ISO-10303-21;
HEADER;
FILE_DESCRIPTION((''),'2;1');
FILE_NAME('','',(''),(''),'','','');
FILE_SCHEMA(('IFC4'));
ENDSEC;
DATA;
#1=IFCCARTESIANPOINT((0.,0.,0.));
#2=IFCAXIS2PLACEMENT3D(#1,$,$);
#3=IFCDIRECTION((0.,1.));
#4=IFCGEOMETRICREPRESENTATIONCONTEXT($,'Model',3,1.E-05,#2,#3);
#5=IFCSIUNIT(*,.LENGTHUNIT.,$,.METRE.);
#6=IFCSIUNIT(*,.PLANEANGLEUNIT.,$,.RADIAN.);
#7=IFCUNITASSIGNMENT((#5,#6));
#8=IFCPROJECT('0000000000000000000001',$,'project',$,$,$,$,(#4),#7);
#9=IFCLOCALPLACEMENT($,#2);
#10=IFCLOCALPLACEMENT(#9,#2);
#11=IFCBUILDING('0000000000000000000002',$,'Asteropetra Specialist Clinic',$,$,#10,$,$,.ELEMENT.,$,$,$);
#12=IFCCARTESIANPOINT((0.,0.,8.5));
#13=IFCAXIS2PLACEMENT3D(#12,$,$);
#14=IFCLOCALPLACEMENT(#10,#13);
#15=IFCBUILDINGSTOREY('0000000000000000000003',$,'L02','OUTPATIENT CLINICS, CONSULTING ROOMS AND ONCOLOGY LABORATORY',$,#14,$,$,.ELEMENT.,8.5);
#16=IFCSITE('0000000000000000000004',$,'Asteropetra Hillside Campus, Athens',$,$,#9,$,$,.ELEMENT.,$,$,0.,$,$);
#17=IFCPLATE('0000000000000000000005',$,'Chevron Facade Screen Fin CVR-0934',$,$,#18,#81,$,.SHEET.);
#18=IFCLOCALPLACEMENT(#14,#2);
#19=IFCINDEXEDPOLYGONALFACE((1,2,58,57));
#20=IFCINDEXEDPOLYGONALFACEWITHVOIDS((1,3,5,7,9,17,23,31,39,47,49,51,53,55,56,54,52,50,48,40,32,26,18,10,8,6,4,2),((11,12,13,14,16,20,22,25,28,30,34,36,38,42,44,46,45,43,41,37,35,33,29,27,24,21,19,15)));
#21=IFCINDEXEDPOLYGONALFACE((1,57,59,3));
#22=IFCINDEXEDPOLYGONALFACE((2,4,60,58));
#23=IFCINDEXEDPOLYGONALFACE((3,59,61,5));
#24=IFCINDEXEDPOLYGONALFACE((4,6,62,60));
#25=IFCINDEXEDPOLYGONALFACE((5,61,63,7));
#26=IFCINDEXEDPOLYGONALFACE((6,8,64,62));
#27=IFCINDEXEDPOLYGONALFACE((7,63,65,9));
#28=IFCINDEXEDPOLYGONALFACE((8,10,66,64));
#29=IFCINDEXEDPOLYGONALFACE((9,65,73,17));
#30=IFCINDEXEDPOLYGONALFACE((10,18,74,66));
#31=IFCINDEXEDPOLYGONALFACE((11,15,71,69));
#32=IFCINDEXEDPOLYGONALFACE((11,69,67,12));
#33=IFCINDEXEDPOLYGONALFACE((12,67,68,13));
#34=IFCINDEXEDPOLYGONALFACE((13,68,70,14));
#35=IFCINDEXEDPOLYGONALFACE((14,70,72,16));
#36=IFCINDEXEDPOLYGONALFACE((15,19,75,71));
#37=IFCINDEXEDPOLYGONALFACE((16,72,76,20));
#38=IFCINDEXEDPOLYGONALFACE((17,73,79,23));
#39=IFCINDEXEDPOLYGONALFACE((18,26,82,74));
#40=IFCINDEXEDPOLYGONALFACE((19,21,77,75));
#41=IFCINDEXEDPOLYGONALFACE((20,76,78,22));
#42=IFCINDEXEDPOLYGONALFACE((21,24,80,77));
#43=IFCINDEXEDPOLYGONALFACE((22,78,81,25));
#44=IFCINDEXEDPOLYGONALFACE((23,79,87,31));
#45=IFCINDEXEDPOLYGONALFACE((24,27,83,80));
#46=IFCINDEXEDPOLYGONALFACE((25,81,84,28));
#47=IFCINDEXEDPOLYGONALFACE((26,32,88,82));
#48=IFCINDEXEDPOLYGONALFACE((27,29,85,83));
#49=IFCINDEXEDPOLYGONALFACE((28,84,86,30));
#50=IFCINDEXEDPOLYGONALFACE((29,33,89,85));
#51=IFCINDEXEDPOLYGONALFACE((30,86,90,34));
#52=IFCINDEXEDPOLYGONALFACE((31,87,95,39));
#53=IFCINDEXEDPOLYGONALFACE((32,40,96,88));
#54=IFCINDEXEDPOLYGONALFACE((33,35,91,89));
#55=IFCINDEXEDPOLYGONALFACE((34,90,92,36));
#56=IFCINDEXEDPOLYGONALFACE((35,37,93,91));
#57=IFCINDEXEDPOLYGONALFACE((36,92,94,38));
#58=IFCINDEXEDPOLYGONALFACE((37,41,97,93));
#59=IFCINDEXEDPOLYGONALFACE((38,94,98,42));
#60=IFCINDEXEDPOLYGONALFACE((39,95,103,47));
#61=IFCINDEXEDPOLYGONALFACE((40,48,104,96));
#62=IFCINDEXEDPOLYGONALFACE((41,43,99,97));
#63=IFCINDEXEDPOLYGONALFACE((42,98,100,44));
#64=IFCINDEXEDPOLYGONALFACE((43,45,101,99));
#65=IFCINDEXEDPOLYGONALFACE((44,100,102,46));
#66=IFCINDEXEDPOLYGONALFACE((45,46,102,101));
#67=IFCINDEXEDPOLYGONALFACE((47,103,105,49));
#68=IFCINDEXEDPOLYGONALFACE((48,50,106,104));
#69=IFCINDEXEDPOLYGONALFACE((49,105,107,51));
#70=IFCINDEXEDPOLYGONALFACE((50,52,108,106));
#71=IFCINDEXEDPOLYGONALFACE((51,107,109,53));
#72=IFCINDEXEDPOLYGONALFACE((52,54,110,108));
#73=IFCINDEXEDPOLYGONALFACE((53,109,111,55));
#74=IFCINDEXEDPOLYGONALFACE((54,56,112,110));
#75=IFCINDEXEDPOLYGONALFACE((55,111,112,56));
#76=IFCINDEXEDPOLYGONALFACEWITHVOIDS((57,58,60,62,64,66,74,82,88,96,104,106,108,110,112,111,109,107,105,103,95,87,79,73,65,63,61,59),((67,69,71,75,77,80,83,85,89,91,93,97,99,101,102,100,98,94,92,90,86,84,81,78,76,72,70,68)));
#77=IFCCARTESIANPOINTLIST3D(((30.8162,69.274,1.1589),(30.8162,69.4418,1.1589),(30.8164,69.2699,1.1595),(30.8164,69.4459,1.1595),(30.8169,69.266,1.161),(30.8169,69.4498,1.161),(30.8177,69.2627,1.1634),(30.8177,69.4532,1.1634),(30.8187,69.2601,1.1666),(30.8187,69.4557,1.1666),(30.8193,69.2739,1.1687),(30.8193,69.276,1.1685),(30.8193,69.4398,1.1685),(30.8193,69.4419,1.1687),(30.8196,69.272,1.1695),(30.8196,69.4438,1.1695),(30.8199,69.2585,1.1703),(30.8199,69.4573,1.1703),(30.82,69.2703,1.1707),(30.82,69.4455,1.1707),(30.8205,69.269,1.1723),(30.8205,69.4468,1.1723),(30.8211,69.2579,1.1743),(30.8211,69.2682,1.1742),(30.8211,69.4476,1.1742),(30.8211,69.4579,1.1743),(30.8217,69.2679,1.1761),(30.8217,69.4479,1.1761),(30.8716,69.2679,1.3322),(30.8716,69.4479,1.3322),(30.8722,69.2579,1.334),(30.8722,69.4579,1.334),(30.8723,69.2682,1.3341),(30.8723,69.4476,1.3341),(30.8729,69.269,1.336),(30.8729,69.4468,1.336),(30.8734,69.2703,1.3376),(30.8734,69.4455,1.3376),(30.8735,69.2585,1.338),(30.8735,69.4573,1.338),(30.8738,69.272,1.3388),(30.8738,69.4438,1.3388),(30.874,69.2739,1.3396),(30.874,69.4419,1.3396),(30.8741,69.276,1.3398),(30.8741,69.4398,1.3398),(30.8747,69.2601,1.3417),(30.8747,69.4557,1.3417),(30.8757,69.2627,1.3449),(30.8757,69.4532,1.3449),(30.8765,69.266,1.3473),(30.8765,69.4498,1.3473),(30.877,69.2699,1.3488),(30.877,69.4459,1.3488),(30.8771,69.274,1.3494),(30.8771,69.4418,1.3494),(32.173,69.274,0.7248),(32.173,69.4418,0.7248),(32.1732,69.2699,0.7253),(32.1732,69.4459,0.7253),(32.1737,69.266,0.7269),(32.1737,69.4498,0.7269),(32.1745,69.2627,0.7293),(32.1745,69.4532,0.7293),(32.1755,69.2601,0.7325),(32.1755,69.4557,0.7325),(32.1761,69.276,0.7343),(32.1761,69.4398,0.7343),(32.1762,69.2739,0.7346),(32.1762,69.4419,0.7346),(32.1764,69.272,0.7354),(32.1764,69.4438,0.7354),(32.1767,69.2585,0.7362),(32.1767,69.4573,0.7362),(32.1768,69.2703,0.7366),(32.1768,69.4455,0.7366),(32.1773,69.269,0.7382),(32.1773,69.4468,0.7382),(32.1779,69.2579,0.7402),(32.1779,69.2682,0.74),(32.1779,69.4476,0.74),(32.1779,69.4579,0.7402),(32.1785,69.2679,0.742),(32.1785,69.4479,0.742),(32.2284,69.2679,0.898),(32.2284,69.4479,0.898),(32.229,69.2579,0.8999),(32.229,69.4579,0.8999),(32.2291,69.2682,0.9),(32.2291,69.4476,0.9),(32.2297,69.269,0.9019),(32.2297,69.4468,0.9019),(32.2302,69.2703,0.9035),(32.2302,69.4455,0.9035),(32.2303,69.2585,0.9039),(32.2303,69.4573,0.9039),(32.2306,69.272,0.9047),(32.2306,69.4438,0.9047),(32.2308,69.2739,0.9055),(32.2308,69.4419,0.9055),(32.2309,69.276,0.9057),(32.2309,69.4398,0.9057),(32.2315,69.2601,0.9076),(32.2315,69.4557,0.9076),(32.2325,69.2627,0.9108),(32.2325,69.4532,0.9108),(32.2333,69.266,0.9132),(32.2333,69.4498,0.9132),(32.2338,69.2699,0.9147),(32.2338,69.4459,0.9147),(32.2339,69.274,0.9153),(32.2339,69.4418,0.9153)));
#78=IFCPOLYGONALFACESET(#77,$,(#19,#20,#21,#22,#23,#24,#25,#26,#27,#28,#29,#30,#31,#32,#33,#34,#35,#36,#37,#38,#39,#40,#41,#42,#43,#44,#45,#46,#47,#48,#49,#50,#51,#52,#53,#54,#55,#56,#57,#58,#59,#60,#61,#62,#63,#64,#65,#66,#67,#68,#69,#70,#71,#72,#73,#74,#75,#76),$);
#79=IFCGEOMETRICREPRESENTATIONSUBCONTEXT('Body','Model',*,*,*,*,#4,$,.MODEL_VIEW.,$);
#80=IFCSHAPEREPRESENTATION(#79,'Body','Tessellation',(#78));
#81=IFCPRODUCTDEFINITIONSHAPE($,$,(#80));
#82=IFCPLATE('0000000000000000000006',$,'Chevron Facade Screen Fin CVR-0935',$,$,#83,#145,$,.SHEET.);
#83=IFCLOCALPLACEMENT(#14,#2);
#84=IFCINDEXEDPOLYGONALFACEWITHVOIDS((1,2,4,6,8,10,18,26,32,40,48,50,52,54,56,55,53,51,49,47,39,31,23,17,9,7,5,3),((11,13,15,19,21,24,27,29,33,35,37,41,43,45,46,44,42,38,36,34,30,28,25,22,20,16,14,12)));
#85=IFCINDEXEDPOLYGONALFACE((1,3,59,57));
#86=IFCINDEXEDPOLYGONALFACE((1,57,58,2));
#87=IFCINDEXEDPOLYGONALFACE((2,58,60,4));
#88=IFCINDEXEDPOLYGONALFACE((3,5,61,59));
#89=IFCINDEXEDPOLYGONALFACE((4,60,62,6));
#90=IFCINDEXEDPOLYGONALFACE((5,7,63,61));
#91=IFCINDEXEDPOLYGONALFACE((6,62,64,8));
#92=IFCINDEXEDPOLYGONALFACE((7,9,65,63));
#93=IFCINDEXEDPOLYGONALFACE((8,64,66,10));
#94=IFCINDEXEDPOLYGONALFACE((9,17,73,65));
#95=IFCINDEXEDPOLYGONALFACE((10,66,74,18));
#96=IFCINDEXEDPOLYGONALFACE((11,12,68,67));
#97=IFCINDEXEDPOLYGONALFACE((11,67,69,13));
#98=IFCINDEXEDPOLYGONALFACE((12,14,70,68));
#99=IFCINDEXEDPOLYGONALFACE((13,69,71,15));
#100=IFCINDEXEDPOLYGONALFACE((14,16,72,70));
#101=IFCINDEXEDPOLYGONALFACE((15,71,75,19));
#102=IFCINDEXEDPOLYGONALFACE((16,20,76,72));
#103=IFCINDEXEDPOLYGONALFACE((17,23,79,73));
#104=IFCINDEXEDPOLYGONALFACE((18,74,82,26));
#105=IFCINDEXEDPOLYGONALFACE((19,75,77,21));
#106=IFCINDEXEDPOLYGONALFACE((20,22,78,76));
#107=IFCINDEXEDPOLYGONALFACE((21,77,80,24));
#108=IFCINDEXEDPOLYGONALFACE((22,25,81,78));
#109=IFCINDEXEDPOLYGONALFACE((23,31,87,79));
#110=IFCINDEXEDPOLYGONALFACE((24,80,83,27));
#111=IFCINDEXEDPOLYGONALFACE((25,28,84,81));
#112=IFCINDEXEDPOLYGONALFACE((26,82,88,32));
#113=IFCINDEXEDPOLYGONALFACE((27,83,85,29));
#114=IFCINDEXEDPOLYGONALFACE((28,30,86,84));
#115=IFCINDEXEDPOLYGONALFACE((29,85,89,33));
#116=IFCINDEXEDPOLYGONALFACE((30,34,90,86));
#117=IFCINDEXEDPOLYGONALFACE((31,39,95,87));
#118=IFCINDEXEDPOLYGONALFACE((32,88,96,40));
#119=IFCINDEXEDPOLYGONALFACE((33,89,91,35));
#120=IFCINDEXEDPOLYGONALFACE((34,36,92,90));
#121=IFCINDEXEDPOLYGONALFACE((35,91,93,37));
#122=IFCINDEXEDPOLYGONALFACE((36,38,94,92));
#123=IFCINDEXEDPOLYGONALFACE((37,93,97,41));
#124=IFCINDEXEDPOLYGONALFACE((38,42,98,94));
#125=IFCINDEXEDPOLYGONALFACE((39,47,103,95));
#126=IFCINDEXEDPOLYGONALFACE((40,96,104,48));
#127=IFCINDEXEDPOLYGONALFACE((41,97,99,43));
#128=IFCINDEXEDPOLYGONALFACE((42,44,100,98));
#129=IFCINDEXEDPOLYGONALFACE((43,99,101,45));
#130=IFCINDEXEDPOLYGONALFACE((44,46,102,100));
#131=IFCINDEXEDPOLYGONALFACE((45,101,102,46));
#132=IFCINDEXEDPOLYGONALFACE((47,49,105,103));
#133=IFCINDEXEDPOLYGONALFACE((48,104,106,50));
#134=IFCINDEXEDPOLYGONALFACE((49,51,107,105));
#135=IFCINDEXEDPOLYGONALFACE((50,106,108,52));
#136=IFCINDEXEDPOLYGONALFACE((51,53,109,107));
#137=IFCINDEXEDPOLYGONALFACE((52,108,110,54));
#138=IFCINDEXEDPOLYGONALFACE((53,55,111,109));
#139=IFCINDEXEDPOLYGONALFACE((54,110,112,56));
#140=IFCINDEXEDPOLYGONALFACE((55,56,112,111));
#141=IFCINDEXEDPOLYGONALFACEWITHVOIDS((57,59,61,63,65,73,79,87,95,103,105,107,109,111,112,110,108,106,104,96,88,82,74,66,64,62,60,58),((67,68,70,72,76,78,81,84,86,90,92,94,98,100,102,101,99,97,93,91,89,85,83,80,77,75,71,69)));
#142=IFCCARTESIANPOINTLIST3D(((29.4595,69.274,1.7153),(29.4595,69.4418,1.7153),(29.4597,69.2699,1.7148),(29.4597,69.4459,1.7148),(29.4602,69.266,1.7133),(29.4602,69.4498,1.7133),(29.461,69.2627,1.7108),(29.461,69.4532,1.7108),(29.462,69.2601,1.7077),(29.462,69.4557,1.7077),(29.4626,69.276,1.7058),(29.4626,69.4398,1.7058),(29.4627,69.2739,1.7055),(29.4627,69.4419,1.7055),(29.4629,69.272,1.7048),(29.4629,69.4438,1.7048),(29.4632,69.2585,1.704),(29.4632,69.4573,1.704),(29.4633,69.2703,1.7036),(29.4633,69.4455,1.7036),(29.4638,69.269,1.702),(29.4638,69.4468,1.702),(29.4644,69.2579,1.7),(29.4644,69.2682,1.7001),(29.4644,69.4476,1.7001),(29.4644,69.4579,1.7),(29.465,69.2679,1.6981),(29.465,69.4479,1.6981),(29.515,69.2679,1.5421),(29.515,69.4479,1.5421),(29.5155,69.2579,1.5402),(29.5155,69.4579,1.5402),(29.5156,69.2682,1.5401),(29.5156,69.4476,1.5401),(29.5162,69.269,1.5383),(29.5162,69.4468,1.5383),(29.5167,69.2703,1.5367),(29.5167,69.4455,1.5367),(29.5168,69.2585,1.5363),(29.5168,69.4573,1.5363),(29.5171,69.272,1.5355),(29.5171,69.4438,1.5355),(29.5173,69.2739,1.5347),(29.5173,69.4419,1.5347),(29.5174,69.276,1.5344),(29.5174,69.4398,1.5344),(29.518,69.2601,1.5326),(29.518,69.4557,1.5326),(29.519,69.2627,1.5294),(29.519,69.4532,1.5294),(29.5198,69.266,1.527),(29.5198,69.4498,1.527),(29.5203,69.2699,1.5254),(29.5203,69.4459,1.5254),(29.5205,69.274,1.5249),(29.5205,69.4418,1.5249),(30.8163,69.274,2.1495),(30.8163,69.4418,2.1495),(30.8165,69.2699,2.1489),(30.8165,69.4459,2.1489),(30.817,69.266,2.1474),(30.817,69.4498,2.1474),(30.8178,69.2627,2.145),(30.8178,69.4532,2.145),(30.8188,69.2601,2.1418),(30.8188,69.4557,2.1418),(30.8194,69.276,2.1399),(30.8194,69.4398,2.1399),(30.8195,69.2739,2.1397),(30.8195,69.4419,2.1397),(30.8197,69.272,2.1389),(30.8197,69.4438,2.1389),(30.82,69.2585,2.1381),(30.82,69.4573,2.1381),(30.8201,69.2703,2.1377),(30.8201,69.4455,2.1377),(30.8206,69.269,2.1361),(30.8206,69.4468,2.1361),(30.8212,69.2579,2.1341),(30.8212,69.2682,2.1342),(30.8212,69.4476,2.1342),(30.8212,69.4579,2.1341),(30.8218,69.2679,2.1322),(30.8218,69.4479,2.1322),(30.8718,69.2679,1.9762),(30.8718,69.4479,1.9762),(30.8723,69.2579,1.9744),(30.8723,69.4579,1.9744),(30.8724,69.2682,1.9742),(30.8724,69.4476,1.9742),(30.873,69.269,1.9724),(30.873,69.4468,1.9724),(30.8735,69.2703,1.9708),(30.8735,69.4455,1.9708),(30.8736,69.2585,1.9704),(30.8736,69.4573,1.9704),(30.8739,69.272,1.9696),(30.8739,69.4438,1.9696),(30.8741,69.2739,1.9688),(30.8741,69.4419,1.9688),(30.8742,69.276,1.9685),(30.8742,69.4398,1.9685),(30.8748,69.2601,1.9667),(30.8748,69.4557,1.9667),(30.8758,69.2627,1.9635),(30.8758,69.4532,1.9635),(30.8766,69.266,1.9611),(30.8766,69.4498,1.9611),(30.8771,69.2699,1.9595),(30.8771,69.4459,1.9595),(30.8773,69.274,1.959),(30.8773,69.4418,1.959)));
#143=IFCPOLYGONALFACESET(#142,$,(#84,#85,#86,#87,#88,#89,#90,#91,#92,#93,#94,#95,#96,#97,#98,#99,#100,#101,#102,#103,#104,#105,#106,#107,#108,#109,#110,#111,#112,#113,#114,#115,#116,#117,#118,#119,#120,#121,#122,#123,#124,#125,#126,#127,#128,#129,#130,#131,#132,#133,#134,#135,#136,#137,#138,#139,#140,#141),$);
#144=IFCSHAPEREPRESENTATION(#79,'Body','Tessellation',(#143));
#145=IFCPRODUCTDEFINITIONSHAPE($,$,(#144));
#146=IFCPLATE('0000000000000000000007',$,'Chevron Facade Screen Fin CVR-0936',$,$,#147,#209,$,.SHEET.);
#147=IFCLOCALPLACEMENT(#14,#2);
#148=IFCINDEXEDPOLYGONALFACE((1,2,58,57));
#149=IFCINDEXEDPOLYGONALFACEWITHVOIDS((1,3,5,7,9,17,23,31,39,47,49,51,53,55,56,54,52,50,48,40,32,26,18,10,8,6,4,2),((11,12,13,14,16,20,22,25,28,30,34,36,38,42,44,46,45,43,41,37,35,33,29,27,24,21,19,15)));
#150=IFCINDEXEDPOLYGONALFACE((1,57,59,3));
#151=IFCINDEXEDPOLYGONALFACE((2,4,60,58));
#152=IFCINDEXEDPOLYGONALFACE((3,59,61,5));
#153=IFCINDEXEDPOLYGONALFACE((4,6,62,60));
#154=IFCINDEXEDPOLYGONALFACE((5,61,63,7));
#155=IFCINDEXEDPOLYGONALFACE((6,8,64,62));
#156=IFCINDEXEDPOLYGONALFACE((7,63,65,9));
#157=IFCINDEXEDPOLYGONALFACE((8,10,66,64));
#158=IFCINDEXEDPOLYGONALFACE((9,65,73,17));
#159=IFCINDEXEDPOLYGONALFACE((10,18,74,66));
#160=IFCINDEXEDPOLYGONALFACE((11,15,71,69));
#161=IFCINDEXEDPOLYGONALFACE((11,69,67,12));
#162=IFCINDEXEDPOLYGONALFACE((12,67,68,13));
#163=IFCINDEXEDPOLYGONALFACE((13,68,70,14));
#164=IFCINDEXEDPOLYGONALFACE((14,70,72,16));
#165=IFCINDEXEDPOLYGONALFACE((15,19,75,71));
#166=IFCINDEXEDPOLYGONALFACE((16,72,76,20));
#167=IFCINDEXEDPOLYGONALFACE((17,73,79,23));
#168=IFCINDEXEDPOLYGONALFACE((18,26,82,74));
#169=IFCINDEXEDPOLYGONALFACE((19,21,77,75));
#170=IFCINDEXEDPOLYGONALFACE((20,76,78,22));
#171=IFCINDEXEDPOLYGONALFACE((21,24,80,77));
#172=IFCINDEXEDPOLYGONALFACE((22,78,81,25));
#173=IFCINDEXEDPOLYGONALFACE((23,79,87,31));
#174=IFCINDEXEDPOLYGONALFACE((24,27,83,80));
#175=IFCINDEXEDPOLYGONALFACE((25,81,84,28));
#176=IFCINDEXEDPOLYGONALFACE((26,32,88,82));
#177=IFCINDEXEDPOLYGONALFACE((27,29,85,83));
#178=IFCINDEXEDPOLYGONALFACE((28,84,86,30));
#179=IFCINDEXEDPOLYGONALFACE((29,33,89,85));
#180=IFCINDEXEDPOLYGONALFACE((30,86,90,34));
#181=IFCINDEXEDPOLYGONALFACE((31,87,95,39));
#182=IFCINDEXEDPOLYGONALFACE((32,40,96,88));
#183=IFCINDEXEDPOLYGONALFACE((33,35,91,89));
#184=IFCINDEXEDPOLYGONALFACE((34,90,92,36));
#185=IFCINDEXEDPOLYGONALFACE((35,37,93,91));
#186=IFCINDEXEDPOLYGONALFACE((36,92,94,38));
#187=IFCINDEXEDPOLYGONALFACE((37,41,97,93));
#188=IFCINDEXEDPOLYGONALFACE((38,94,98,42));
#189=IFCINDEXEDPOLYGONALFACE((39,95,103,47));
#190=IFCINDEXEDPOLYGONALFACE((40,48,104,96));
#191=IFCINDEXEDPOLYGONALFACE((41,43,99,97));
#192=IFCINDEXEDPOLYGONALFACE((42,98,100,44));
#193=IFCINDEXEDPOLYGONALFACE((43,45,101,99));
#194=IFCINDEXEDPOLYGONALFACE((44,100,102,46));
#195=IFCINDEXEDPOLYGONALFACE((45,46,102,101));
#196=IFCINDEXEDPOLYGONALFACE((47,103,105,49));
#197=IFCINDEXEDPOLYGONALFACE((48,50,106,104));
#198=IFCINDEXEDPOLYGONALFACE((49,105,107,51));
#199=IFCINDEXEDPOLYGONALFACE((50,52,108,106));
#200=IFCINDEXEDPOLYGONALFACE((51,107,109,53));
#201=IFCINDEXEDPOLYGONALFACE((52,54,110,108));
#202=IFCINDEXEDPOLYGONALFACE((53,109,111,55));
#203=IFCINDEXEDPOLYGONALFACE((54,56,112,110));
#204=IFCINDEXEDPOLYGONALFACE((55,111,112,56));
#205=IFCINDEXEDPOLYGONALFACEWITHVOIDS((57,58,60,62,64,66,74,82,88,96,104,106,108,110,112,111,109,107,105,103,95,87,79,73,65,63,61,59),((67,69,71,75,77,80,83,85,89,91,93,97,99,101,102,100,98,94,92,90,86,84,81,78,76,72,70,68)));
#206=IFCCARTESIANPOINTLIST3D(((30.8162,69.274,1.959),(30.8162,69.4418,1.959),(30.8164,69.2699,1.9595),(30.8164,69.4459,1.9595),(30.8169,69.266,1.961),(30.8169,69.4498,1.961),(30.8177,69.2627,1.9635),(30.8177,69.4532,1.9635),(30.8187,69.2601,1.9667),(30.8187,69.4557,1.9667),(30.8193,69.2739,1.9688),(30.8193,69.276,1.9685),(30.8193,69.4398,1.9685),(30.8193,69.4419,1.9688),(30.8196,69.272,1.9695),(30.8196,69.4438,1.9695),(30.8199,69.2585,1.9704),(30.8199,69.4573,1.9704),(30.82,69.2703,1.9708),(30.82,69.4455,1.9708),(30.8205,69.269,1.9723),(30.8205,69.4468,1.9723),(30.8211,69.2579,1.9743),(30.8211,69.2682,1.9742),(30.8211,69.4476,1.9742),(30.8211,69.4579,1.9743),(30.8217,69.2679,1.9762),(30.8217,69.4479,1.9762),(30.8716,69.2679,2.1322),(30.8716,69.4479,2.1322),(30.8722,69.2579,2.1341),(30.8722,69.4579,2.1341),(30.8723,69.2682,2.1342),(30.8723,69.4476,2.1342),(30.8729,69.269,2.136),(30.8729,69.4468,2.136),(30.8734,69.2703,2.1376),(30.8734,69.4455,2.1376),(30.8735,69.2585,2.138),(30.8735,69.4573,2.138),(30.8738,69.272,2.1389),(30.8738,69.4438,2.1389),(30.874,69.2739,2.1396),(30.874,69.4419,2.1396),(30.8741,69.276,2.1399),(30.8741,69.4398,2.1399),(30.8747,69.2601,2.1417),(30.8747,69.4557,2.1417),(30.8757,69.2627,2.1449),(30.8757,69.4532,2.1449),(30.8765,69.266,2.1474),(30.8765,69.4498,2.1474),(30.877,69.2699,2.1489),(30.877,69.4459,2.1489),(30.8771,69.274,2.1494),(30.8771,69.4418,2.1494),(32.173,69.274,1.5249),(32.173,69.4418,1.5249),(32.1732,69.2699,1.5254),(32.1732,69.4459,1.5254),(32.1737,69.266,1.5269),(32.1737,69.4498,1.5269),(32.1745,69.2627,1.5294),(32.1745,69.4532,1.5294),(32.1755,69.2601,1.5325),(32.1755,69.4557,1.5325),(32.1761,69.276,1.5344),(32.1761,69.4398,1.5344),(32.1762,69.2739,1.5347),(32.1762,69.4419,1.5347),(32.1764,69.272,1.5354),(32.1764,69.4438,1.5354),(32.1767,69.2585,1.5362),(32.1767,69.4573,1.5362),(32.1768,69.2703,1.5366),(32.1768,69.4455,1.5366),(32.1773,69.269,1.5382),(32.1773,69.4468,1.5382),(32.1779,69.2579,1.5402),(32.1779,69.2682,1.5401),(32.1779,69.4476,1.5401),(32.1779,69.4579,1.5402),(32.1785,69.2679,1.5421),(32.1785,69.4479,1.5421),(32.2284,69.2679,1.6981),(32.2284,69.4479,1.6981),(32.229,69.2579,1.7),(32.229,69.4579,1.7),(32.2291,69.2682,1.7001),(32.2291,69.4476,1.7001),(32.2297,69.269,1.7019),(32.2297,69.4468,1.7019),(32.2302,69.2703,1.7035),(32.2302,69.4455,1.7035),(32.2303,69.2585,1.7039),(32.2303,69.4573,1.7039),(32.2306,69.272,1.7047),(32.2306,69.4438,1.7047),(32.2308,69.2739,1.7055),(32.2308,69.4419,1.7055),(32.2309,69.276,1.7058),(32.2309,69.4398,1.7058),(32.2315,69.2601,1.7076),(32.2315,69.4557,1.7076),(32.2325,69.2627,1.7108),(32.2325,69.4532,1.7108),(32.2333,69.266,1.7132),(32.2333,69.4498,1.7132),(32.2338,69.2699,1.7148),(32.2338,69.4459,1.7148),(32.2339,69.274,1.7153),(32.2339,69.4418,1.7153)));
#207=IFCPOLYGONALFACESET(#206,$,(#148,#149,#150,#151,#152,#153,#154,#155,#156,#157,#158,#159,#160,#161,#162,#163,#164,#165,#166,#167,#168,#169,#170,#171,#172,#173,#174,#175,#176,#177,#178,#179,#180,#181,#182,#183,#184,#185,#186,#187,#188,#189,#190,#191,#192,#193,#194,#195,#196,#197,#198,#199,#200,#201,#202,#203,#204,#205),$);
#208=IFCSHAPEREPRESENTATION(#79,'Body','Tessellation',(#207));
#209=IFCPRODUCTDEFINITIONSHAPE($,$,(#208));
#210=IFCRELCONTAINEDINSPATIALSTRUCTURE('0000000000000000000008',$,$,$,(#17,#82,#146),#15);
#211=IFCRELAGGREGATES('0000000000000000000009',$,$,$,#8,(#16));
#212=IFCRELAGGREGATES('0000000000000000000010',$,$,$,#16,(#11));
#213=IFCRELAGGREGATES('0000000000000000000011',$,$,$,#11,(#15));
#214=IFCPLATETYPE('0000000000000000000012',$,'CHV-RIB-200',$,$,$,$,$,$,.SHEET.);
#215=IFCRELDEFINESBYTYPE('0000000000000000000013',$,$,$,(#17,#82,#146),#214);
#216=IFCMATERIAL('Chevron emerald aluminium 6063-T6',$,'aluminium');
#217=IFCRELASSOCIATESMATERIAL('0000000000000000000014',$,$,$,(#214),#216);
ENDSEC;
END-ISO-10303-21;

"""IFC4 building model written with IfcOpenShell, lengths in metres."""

from ifc_helpers import new_model, si_unit, direction, frame, origin, origin_2d, place, context, subcontext, project, spatial, hollow_rectangle, extrude, material, material_profile, profile_set, type_object, element, save


model = new_model("IFC4")

# Units and contexts
model_context = context("Model", 3, precision=1e-05, world=origin(), true_north=direction((0.0, 1.0)))
body_context = subcontext(model_context, "Body", "Model", "MODEL_VIEW")
ifc_project = project(units=[si_unit("LENGTHUNIT", "METRE"), si_unit("PLANEANGLEUNIT", "RADIAN")], contexts=[model_context])

# Site, building, storey
site_placement = place(None, origin())
site = spatial("IfcSite", under=ifc_project, at=site_placement, Name="Asteropetra Hillside Campus, Athens", CompositionType="ELEMENT", RefElevation=0.0)
building_placement = place(site_placement, origin())
building = spatial("IfcBuilding", under=site, at=building_placement, Name="Asteropetra Specialist Clinic", CompositionType="ELEMENT")
storey_placement = place(building_placement, frame((0.0, 0.0, 8.5)))
storey = spatial("IfcBuildingStorey", under=building, at=storey_placement, Name="L02", Description="OUTPATIENT CLINICS, CONSULTING ROOMS AND ONCOLOGY LABORATORY", CompositionType="ELEMENT", Elevation=8.5)

# Plates
ifc_material = material(Name="Chevron emerald aluminium 6063-T6", Category="aluminium")
ifc_material_profile = material_profile(ifc_material, hollow_rectangle(XDim=0.2, YDim=0.2, WallThickness=0.01, InnerFilletRadius=0.0081, OuterFilletRadius=0.0161, at=origin_2d()), Name="SHS 200x200x10.0")
ifc_profile_set = profile_set([ifc_material_profile], Name="Chevron emerald aluminium 6063-T6")
plate_type = type_object("IfcPlateType", Name="CHV-RIB-200", PredefinedType="SHEET", material=ifc_profile_set)
for number, where, z_axis, x_axis, name in (
    (1, (30.8467, 69.3579, 1.2542), (0.952436, 0.0, -0.304738), (0.0, 1.0, 0.0), "Chevron Facade Screen Fin CVR-0934"),
    (2, (29.49, 69.3579, 1.6201), (0.952436, 0.0, 0.304738), (0.0, 1.0, 0.0), "Chevron Facade Screen Fin CVR-0935"),
    (3, (30.8467, 69.3579, 2.0542), (0.952436, 0.0, -0.304738), (0.0, 1.0, 0.0), "Chevron Facade Screen Fin CVR-0936"),
):
    element("IfcPlate", number, at=place(storey_placement, frame(where, z_axis=z_axis, x_axis=x_axis)), inside=storey, type_object=plate_type, Name=name, PredefinedType="SHEET", context=body_context, shape_type="SweptSolid", body=[
        extrude(hollow_rectangle(XDim=0.2, YDim=0.2, WallThickness=0.01, InnerFilletRadius=0.0081, OuterFilletRadius=0.0161, at=origin_2d()), origin(), (0.0, 0.0, 1.0), 1.4246),
    ])

save(model, "model.ifc")
